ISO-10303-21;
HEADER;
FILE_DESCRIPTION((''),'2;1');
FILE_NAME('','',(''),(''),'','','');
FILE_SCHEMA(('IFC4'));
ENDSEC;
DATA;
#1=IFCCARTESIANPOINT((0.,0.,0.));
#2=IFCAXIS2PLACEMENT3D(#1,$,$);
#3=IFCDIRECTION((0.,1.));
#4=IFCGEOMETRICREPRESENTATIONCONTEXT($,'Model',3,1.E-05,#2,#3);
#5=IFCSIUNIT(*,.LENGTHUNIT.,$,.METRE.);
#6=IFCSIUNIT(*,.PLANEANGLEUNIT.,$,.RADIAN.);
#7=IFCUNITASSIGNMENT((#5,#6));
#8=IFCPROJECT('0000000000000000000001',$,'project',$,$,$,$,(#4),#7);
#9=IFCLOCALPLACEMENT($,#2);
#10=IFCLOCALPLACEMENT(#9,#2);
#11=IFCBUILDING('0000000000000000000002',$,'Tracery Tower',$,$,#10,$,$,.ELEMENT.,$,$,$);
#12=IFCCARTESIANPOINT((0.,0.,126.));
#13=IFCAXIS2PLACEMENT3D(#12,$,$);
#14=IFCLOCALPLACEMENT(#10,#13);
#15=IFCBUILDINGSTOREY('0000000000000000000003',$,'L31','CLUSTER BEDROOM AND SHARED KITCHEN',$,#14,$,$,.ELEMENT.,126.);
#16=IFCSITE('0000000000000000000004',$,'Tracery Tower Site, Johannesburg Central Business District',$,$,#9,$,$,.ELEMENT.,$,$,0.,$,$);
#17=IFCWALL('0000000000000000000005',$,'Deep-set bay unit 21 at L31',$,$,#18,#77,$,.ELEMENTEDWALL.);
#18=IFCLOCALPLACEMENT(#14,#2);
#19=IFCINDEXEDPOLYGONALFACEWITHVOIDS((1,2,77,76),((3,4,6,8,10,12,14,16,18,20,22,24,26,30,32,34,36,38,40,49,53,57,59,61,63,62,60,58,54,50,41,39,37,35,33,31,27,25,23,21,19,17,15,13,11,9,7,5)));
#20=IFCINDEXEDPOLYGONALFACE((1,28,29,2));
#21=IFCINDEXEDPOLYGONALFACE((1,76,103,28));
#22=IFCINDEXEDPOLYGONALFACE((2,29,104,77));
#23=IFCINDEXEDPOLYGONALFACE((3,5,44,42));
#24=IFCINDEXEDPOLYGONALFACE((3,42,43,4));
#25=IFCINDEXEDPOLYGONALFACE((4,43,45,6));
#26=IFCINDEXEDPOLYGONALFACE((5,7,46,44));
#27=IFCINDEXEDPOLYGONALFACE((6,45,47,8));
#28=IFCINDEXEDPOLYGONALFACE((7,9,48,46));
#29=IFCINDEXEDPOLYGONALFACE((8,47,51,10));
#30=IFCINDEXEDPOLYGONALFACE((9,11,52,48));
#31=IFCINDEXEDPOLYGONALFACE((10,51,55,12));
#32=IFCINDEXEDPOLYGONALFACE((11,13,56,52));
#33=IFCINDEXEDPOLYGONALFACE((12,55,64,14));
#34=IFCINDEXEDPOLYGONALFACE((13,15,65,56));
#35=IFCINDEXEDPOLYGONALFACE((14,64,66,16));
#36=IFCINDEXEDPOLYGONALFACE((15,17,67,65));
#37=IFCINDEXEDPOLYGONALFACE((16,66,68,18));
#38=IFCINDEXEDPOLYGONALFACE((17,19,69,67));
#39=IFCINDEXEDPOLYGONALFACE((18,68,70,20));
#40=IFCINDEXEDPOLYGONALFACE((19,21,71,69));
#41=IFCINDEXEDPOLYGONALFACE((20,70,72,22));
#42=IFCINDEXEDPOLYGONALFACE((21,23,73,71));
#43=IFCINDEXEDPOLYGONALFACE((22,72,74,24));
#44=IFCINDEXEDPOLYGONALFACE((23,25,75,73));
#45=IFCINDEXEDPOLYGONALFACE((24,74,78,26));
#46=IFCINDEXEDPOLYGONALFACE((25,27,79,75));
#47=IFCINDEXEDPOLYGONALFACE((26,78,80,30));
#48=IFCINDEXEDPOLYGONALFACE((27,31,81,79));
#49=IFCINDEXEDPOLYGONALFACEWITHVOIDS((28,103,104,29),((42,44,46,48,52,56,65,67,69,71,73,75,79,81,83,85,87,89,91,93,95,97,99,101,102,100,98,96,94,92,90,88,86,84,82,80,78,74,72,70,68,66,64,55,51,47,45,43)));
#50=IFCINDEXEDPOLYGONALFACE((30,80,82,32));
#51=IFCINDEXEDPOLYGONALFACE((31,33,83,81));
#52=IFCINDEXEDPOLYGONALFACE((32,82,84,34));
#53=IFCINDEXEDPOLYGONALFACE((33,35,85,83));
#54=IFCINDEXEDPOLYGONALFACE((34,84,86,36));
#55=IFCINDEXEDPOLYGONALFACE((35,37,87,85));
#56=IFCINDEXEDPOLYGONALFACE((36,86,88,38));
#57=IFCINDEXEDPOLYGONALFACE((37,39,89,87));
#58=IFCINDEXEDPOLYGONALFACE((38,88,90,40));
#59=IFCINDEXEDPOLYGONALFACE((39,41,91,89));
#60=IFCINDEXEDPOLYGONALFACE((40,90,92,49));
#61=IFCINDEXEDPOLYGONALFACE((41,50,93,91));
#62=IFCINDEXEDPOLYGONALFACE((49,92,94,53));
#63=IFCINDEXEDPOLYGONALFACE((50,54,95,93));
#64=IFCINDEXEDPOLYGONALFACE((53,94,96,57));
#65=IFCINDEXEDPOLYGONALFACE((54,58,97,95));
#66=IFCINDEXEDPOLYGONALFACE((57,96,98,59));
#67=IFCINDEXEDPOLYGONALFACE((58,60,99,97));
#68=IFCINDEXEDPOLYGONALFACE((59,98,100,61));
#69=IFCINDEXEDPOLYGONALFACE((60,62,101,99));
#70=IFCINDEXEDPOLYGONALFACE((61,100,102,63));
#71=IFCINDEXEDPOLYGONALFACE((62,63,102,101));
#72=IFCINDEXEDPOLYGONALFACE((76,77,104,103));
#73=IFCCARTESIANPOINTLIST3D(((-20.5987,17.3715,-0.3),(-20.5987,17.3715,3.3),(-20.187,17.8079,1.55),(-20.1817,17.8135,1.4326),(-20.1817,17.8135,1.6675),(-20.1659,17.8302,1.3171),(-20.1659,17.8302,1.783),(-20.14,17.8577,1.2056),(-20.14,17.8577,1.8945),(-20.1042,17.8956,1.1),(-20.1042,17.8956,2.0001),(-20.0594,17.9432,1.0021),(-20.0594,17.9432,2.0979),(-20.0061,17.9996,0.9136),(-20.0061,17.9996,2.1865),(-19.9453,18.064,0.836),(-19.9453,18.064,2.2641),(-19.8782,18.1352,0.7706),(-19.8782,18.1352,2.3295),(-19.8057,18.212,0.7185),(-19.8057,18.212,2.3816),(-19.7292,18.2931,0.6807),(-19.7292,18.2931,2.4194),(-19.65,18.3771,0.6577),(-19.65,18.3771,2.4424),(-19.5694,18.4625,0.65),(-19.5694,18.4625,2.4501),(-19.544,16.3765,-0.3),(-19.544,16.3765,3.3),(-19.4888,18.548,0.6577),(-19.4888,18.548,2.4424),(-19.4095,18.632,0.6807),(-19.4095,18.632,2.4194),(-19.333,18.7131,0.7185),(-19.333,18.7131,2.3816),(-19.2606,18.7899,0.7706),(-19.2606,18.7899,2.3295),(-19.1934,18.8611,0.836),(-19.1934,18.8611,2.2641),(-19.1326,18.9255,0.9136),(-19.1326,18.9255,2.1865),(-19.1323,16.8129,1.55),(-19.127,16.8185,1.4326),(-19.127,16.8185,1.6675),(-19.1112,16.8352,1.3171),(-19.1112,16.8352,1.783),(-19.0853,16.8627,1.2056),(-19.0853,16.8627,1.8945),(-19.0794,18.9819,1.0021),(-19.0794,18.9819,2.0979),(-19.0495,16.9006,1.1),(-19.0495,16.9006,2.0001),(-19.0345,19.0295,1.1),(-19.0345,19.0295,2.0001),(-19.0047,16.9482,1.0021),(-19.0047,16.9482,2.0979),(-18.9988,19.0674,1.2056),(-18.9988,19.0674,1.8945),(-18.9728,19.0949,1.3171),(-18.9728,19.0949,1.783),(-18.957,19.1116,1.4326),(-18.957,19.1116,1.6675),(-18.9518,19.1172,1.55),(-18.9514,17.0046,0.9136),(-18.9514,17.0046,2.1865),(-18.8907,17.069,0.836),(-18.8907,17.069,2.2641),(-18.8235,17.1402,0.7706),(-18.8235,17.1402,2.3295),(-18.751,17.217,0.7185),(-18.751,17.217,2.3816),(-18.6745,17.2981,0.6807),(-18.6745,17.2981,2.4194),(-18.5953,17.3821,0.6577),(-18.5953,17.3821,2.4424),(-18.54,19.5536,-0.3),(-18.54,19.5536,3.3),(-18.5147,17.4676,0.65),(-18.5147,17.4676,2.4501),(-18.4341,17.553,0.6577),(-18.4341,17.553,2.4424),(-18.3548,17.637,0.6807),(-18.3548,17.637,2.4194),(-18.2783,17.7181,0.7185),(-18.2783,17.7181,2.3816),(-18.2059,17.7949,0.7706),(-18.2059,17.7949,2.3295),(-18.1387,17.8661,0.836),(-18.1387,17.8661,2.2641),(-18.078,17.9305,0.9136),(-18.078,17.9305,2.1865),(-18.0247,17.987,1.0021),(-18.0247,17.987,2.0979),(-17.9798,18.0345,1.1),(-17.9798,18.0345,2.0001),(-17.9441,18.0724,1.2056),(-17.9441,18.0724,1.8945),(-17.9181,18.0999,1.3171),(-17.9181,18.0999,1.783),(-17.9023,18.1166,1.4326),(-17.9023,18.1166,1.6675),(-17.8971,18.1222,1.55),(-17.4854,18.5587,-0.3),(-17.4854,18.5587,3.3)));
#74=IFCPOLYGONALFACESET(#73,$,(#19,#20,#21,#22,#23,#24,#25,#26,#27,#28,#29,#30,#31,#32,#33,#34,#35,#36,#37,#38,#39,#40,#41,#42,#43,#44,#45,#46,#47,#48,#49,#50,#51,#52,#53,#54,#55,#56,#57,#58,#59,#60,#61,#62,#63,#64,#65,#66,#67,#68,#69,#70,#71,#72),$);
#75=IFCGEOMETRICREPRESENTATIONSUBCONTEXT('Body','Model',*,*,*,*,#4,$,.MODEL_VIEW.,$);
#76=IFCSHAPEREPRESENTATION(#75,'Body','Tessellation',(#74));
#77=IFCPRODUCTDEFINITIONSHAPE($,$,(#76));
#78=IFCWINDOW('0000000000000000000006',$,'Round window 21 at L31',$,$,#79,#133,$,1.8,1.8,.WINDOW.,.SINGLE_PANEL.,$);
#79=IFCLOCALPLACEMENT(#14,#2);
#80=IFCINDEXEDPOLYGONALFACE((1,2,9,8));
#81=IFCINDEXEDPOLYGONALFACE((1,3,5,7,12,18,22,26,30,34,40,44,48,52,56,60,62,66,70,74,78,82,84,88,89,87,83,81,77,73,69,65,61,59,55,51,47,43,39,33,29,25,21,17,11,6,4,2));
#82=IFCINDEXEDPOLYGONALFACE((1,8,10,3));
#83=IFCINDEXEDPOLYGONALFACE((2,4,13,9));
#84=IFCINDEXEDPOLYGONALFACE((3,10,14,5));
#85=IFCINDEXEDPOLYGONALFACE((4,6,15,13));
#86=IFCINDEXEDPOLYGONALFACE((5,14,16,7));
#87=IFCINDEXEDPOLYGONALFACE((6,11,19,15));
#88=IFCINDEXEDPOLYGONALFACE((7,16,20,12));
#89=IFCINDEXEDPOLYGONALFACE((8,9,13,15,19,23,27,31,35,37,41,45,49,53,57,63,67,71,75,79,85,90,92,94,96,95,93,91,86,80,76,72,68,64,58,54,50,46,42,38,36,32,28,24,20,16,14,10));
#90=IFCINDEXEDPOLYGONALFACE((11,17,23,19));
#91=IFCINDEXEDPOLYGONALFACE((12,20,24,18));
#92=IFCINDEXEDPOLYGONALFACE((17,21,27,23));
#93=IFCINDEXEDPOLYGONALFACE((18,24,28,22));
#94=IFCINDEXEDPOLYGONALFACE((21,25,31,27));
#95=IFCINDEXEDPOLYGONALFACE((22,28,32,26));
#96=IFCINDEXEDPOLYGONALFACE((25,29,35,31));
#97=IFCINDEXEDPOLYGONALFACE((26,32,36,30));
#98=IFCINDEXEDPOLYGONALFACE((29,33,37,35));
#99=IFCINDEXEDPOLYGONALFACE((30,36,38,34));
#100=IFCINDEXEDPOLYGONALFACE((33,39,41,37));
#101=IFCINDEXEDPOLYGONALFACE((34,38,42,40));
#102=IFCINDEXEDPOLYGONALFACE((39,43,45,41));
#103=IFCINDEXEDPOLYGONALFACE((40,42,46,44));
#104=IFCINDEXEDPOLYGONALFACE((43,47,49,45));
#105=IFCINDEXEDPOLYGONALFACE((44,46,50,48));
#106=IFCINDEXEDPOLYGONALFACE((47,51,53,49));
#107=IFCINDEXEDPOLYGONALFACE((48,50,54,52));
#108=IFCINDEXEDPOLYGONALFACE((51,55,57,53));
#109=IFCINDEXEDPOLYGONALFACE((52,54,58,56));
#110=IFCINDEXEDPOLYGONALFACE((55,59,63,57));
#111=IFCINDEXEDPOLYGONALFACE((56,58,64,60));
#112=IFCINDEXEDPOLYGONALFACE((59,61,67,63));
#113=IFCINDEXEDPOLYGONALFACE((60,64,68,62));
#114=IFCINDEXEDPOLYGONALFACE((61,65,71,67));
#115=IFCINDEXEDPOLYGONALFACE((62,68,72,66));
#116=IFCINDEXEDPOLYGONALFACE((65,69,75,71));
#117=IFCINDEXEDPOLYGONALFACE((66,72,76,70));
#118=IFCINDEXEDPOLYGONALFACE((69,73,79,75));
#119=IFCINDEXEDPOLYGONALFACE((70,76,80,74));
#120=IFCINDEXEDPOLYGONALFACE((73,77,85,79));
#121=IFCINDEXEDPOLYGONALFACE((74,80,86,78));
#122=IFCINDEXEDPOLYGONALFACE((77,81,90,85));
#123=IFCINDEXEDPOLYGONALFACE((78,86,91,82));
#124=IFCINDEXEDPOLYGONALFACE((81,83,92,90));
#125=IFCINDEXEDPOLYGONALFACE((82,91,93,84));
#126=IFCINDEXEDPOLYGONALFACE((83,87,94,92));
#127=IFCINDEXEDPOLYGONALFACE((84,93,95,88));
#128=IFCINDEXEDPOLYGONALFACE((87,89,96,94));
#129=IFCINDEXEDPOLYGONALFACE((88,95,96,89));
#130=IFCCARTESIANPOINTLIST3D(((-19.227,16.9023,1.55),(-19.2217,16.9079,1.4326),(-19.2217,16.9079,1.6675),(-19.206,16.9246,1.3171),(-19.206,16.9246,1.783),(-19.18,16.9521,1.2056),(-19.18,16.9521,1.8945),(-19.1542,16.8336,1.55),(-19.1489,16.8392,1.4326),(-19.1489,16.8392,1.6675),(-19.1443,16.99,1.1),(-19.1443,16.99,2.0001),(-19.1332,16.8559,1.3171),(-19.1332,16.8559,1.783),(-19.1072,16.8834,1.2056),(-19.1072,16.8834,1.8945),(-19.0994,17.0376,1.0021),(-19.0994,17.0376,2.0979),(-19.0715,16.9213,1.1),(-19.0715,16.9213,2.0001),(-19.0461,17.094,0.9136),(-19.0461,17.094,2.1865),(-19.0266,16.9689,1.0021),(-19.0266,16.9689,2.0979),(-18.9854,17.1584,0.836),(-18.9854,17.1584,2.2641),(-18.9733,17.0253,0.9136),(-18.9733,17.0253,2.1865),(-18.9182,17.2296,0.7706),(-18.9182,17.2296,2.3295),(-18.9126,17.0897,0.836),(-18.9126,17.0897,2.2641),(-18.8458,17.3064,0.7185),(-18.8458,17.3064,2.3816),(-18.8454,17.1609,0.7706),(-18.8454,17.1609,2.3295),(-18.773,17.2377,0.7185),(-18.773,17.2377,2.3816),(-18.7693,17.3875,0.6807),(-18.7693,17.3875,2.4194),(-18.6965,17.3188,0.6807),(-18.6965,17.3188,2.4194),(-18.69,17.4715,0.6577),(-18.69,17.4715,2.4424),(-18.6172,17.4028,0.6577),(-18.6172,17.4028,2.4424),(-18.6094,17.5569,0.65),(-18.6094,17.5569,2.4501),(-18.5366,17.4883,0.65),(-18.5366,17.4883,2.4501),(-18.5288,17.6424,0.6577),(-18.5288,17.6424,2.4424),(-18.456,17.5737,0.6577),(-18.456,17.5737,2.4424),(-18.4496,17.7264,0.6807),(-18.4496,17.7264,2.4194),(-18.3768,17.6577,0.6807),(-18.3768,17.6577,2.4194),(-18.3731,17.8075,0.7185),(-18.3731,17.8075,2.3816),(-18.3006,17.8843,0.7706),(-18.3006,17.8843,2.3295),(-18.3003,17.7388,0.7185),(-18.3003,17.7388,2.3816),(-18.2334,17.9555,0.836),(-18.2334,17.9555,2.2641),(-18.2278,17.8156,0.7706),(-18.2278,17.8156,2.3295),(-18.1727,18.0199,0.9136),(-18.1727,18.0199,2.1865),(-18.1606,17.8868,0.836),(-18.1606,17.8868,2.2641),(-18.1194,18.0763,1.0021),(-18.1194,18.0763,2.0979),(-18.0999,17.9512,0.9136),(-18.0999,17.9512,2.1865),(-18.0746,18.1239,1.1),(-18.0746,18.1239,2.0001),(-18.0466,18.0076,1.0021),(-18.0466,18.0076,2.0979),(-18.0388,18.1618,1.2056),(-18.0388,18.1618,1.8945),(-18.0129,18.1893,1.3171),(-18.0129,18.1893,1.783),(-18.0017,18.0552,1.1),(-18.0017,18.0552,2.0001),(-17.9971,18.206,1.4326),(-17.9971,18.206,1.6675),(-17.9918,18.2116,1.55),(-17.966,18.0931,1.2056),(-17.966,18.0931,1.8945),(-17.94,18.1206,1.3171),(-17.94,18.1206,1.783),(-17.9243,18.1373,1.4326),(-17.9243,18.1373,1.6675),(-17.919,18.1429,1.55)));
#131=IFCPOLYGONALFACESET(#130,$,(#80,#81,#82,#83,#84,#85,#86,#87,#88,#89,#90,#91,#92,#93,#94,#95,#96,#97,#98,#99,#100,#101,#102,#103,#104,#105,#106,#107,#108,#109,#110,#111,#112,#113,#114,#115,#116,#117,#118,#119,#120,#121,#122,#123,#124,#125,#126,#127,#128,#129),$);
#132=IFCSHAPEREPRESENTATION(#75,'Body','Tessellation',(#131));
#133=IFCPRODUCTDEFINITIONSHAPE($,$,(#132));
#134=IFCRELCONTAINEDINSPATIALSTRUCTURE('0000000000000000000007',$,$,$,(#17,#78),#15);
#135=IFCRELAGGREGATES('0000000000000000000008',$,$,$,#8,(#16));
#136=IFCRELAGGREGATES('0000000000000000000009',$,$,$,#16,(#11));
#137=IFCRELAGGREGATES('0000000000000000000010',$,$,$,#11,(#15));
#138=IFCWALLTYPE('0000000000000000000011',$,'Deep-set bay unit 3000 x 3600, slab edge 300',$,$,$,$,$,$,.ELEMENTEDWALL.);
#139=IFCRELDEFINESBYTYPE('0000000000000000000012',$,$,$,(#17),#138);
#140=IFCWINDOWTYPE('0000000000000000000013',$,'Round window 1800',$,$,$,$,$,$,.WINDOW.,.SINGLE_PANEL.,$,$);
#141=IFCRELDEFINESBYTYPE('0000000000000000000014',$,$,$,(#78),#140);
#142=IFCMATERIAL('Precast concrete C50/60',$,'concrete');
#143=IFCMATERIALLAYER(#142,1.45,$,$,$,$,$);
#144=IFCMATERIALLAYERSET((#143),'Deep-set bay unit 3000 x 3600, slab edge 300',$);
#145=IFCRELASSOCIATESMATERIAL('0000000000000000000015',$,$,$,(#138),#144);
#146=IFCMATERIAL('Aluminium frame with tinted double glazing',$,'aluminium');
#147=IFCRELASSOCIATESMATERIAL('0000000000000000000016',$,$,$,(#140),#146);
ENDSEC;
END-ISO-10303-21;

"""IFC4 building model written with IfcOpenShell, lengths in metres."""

from ifc_helpers import new_model, si_unit, direction, frame, frame_2d, origin, origin_2d, place, context, subcontext, project, spatial, rectangle, circle, extrude, material, layer, layer_set, type_object, element, fill, save


model = new_model("IFC4")

# Units and contexts
model_context = context("Model", 3, precision=1e-05, world=origin(), true_north=direction((0.0, 1.0)))
body_context = subcontext(model_context, "Body", "Model", "MODEL_VIEW")
ifc_project = project(units=[si_unit("LENGTHUNIT", "METRE"), si_unit("PLANEANGLEUNIT", "RADIAN")], contexts=[model_context])

# Site, building, storey
site_placement = place(None, origin())
site = spatial("IfcSite", under=ifc_project, at=site_placement, Name="Tracery Tower Site, Johannesburg Central Business District", CompositionType="ELEMENT", RefElevation=0.0)
building_placement = place(site_placement, origin())
building = spatial("IfcBuilding", under=site, at=building_placement, Name="Tracery Tower", CompositionType="ELEMENT")
storey_placement = place(building_placement, frame((0.0, 0.0, 126.0)))
storey = spatial("IfcBuildingStorey", under=building, at=storey_placement, Name="L31", Description="CLUSTER BEDROOM AND SHARED KITCHEN", CompositionType="ELEMENT", Elevation=126.0)

# Wall, opening, window
ifc_material_1 = material(Name="Precast concrete C50/60", Category="concrete")
ifc_layer_1 = layer(ifc_material_1, 1.45)
ifc_layer_set_1 = layer_set([ifc_layer_1], Name="Deep-set bay unit 3000 x 3600, slab edge 300")
wall_type_1 = type_object("IfcWallType", Name="Deep-set bay unit 3000 x 3600, slab edge 300", PredefinedType="ELEMENTEDWALL", material=ifc_layer_set_1)
wall_1_placement = place(storey_placement, frame((-18.0127, 19.0562, -0.3), z_axis=(0.0, 0.0, 1.0), x_axis=(-0.686217, -0.727397, 0.0)))
wall_1 = element("IfcWall", 1, at=wall_1_placement, inside=storey, type_object=wall_type_1, Name="Deep-set bay unit 21 at L31", PredefinedType="ELEMENTEDWALL", context=body_context, shape_type="SweptSolid", body=[
    extrude(rectangle(XDim=3.0, YDim=1.45, at=frame_2d((1.5, 0.0))), origin(), (0.0, 0.0, 1.0), 3.6001),
])
opening_1_placement = place(wall_1_placement, frame((1.5, 0.0, 1.8501)))
opening_1 = element("IfcOpeningElement", 2, at=opening_1_placement, cuts=wall_1, PredefinedType="OPENING", context=body_context, shape_type="SweptSolid", body=[
    extrude(circle(Radius=0.9, at=origin_2d()), frame((0.0, 0.7349, 0.0), z_axis=(0.0, -1.0, 0.0), x_axis=(1.0, 0.0, 0.0)), (0.0, 0.0, 1.0), 1.47),
])
ifc_material_2 = material(Name="Aluminium frame with tinted double glazing", Category="aluminium")
window_type = type_object("IfcWindowType", Name="Round window 1800", PartitioningType="SINGLE_PANEL", PredefinedType="WINDOW", material=ifc_material_2)
window_1_placement = place(opening_1_placement, origin())
window_1 = element("IfcWindow", 3, at=window_1_placement, inside=storey, type_object=window_type, Name="Round window 21 at L31", OverallHeight=1.8, OverallWidth=1.8, PartitioningType="SINGLE_PANEL", PredefinedType="WINDOW", context=body_context, shape_type="SweptSolid", body=[
    extrude(circle(Radius=0.9, at=origin_2d()), frame((0.0, 0.6948, 0.0), z_axis=(0.0, -1.0, 0.0), x_axis=(1.0, 0.0, 0.0)), (0.0, 0.0, 1.0), 0.1001),
])
fill(opening_1, window_1)

save(model, "model.ifc")
